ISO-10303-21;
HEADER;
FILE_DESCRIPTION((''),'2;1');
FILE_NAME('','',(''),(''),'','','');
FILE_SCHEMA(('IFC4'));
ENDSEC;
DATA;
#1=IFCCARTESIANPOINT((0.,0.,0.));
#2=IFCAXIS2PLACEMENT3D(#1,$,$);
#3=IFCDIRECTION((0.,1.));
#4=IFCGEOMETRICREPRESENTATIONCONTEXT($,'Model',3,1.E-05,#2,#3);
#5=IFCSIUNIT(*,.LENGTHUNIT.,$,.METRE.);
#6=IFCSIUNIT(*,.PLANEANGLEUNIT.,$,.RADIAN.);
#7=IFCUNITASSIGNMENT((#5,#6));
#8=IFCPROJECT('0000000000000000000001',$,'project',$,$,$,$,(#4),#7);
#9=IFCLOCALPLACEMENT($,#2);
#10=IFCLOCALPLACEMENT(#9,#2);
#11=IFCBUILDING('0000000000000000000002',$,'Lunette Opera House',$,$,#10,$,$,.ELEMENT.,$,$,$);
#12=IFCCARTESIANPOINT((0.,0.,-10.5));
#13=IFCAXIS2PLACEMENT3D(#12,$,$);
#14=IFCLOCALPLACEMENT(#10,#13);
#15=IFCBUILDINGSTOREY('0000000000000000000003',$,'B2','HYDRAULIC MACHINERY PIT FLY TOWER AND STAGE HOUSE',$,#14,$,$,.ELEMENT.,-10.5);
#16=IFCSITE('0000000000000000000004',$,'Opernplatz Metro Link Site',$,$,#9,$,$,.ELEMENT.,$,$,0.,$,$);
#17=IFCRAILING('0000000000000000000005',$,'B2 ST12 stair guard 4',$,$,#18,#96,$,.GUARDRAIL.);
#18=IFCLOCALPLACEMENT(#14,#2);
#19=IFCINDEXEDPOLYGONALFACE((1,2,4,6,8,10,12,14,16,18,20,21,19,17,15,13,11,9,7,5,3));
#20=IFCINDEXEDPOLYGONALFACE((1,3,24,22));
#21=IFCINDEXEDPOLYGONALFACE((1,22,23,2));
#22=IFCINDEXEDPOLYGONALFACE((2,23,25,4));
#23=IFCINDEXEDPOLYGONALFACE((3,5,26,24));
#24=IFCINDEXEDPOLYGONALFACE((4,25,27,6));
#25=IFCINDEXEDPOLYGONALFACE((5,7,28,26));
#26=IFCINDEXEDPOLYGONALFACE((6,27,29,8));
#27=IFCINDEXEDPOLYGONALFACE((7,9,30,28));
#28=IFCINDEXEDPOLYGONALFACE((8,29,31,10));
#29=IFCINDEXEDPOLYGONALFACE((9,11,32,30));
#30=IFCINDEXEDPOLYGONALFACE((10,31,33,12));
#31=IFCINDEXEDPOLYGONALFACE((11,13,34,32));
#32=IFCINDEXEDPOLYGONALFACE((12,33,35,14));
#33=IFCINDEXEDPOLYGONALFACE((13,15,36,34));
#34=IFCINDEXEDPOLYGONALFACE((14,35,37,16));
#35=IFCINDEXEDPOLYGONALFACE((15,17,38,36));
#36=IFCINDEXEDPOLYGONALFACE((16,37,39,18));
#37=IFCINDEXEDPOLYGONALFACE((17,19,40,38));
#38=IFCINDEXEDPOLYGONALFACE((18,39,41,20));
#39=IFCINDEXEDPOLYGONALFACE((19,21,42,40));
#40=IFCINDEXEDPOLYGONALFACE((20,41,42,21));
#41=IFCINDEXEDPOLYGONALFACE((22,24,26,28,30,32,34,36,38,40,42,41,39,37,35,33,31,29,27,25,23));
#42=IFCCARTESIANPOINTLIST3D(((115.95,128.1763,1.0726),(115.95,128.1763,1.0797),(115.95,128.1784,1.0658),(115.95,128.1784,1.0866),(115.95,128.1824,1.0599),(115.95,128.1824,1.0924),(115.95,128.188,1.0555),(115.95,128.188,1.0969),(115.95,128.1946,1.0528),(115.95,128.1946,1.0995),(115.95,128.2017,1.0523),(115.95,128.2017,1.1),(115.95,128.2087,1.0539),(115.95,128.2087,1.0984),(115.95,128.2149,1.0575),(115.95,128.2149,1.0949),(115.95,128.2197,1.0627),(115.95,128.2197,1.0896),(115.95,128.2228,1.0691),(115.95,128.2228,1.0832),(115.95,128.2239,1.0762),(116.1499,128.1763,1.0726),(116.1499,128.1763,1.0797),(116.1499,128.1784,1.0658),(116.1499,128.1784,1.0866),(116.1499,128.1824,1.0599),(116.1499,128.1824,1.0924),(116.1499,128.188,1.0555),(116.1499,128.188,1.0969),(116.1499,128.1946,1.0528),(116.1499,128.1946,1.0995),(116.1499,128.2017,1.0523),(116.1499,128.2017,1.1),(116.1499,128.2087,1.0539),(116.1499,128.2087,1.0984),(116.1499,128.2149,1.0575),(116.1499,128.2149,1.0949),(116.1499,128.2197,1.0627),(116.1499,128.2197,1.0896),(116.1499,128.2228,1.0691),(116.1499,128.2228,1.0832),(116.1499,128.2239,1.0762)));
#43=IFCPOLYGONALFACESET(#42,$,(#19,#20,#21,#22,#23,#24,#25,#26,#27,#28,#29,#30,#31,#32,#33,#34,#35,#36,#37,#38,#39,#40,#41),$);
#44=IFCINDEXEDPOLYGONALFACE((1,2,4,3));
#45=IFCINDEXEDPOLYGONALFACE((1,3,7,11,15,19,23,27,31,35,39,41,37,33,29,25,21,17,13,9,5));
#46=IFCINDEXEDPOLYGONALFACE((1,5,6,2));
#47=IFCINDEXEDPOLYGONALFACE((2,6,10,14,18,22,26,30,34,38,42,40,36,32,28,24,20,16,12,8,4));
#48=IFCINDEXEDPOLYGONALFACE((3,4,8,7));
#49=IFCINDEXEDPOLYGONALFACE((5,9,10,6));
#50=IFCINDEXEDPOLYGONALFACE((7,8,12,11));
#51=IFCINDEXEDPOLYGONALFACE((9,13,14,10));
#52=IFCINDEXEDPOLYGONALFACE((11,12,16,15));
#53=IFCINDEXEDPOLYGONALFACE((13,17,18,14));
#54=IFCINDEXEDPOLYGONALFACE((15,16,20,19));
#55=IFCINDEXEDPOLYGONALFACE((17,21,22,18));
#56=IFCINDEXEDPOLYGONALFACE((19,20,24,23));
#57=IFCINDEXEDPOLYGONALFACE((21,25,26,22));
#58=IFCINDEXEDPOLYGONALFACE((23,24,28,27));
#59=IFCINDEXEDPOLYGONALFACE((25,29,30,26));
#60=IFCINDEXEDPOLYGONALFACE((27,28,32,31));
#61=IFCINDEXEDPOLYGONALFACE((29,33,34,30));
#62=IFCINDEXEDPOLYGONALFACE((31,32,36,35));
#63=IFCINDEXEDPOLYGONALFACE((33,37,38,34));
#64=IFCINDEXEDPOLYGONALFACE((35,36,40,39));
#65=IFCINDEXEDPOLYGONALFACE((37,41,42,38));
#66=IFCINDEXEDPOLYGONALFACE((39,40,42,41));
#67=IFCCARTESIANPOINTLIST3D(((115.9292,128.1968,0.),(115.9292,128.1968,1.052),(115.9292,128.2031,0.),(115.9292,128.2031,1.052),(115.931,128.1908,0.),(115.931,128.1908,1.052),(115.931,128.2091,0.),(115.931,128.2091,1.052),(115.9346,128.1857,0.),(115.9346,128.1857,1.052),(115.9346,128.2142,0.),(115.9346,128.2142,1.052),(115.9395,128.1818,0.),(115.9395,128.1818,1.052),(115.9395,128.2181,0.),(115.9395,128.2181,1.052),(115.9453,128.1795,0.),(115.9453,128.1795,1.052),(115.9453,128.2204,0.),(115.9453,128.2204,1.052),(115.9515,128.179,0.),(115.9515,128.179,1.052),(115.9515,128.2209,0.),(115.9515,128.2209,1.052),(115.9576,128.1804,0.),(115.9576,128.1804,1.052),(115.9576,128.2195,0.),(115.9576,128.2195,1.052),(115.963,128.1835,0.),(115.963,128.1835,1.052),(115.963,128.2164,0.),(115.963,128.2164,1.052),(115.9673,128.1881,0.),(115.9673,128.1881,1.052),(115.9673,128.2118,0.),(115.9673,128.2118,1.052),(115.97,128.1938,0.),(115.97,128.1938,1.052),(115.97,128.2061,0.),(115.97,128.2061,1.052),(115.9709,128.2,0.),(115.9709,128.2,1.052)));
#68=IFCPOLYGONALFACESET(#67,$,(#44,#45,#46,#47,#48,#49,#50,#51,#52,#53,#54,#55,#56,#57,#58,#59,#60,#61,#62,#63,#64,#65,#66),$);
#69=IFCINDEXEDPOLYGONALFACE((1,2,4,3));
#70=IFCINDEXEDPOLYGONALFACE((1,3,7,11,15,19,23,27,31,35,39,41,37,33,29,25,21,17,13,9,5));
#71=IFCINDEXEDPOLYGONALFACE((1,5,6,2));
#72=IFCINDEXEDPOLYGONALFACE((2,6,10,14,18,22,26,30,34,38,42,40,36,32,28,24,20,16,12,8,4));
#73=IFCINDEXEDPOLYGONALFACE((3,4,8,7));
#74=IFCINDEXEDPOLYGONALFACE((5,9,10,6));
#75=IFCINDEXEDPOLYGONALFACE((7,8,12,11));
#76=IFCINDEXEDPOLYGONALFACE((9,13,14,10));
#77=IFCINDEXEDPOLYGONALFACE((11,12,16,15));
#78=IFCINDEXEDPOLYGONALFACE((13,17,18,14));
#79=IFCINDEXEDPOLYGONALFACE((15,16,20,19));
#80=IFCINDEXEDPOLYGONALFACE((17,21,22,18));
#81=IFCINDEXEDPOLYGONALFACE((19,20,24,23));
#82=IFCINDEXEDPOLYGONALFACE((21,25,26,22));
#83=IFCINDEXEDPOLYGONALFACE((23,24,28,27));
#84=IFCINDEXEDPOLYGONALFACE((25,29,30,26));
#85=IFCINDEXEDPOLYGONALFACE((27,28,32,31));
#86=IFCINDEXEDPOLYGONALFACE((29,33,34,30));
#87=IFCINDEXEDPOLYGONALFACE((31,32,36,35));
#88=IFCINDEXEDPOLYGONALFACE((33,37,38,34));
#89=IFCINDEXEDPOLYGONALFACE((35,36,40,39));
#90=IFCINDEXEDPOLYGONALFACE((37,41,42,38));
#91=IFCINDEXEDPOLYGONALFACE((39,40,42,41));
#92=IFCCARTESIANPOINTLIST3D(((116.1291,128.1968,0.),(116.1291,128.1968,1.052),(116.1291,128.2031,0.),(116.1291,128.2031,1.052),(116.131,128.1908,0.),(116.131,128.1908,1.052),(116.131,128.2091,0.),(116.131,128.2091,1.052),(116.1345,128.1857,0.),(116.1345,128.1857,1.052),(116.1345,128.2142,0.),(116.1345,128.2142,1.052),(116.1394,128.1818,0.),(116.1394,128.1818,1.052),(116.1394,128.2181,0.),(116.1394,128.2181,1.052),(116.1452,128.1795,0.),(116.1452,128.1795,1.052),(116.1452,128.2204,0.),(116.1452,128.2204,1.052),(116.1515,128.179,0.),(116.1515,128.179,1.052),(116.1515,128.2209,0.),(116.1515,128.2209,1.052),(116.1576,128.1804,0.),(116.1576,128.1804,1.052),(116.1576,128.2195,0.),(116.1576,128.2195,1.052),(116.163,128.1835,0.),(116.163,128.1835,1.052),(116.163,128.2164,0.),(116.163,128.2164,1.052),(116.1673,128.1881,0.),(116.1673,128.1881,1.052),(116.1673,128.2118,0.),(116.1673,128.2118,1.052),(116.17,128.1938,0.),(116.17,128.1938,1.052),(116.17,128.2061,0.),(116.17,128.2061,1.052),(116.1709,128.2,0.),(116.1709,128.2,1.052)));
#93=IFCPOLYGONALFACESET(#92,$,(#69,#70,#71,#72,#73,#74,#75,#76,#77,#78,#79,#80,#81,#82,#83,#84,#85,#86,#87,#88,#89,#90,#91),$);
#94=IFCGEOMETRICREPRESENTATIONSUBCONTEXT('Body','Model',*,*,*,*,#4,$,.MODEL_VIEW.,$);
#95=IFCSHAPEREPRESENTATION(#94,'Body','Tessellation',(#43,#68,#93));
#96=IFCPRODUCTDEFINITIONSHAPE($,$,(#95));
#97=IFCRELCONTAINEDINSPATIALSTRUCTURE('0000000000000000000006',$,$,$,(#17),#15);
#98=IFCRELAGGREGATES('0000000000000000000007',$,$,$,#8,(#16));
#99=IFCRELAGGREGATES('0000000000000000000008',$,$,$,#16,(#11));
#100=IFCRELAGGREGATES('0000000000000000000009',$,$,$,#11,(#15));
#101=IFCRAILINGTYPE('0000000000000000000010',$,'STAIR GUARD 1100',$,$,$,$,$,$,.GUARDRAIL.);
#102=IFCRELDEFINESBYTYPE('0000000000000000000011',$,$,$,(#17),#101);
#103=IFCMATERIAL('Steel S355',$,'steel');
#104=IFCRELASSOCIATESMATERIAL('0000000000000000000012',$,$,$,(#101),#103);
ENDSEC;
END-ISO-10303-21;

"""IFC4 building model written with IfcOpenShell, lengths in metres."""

from ifc_helpers import new_model, si_unit, direction, frame, origin, origin_2d, place, context, subcontext, project, spatial, circle, extrude, material, type_object, element, save


model = new_model("IFC4")

# Units and contexts
model_context = context("Model", 3, precision=1e-05, world=origin(), true_north=direction((0.0, 1.0)))
body_context = subcontext(model_context, "Body", "Model", "MODEL_VIEW")
ifc_project = project(units=[si_unit("LENGTHUNIT", "METRE"), si_unit("PLANEANGLEUNIT", "RADIAN")], contexts=[model_context])

# Site, building, storey
site_placement = place(None, origin())
site = spatial("IfcSite", under=ifc_project, at=site_placement, Name="Opernplatz Metro Link Site", CompositionType="ELEMENT", RefElevation=0.0)
building_placement = place(site_placement, origin())
building = spatial("IfcBuilding", under=site, at=building_placement, Name="Lunette Opera House", CompositionType="ELEMENT")
storey_placement = place(building_placement, frame((0.0, 0.0, -10.5)))
storey = spatial("IfcBuildingStorey", under=building, at=storey_placement, Name="B2", Description="HYDRAULIC MACHINERY PIT FLY TOWER AND STAGE HOUSE", CompositionType="ELEMENT", Elevation=-10.5)

# Railing
ifc_material_1 = material(Name="Steel S355", Category="steel")
railing_type_1 = type_object("IfcRailingType", Name="STAIR GUARD 1100", PredefinedType="GUARDRAIL", material=ifc_material_1)
railing_1_placement = place(storey_placement, frame((115.95, 128.2, 0.0)))
element("IfcRailing", 1, at=railing_1_placement, inside=storey, type_object=railing_type_1, Name="B2 ST12 stair guard 4", PredefinedType="GUARDRAIL", context=body_context, shape_type="SweptSolid", body=[
    extrude(circle(Radius=0.0239, at=origin_2d()), frame((0.0, 0.0, 1.0762), z_axis=(1.0, 0.0, 0.0), x_axis=(0.0, 1.0, 0.0)), (0.0, 0.0, 1.0), 0.2),
    extrude(circle(Radius=0.021, at=origin_2d()), origin(), (0.0, 0.0, 1.0), 1.052),
    extrude(circle(Radius=0.021, at=origin_2d()), frame((0.2, 0.0, 0.0)), (0.0, 0.0, 1.0), 1.052),
])

save(model, "model.ifc")
